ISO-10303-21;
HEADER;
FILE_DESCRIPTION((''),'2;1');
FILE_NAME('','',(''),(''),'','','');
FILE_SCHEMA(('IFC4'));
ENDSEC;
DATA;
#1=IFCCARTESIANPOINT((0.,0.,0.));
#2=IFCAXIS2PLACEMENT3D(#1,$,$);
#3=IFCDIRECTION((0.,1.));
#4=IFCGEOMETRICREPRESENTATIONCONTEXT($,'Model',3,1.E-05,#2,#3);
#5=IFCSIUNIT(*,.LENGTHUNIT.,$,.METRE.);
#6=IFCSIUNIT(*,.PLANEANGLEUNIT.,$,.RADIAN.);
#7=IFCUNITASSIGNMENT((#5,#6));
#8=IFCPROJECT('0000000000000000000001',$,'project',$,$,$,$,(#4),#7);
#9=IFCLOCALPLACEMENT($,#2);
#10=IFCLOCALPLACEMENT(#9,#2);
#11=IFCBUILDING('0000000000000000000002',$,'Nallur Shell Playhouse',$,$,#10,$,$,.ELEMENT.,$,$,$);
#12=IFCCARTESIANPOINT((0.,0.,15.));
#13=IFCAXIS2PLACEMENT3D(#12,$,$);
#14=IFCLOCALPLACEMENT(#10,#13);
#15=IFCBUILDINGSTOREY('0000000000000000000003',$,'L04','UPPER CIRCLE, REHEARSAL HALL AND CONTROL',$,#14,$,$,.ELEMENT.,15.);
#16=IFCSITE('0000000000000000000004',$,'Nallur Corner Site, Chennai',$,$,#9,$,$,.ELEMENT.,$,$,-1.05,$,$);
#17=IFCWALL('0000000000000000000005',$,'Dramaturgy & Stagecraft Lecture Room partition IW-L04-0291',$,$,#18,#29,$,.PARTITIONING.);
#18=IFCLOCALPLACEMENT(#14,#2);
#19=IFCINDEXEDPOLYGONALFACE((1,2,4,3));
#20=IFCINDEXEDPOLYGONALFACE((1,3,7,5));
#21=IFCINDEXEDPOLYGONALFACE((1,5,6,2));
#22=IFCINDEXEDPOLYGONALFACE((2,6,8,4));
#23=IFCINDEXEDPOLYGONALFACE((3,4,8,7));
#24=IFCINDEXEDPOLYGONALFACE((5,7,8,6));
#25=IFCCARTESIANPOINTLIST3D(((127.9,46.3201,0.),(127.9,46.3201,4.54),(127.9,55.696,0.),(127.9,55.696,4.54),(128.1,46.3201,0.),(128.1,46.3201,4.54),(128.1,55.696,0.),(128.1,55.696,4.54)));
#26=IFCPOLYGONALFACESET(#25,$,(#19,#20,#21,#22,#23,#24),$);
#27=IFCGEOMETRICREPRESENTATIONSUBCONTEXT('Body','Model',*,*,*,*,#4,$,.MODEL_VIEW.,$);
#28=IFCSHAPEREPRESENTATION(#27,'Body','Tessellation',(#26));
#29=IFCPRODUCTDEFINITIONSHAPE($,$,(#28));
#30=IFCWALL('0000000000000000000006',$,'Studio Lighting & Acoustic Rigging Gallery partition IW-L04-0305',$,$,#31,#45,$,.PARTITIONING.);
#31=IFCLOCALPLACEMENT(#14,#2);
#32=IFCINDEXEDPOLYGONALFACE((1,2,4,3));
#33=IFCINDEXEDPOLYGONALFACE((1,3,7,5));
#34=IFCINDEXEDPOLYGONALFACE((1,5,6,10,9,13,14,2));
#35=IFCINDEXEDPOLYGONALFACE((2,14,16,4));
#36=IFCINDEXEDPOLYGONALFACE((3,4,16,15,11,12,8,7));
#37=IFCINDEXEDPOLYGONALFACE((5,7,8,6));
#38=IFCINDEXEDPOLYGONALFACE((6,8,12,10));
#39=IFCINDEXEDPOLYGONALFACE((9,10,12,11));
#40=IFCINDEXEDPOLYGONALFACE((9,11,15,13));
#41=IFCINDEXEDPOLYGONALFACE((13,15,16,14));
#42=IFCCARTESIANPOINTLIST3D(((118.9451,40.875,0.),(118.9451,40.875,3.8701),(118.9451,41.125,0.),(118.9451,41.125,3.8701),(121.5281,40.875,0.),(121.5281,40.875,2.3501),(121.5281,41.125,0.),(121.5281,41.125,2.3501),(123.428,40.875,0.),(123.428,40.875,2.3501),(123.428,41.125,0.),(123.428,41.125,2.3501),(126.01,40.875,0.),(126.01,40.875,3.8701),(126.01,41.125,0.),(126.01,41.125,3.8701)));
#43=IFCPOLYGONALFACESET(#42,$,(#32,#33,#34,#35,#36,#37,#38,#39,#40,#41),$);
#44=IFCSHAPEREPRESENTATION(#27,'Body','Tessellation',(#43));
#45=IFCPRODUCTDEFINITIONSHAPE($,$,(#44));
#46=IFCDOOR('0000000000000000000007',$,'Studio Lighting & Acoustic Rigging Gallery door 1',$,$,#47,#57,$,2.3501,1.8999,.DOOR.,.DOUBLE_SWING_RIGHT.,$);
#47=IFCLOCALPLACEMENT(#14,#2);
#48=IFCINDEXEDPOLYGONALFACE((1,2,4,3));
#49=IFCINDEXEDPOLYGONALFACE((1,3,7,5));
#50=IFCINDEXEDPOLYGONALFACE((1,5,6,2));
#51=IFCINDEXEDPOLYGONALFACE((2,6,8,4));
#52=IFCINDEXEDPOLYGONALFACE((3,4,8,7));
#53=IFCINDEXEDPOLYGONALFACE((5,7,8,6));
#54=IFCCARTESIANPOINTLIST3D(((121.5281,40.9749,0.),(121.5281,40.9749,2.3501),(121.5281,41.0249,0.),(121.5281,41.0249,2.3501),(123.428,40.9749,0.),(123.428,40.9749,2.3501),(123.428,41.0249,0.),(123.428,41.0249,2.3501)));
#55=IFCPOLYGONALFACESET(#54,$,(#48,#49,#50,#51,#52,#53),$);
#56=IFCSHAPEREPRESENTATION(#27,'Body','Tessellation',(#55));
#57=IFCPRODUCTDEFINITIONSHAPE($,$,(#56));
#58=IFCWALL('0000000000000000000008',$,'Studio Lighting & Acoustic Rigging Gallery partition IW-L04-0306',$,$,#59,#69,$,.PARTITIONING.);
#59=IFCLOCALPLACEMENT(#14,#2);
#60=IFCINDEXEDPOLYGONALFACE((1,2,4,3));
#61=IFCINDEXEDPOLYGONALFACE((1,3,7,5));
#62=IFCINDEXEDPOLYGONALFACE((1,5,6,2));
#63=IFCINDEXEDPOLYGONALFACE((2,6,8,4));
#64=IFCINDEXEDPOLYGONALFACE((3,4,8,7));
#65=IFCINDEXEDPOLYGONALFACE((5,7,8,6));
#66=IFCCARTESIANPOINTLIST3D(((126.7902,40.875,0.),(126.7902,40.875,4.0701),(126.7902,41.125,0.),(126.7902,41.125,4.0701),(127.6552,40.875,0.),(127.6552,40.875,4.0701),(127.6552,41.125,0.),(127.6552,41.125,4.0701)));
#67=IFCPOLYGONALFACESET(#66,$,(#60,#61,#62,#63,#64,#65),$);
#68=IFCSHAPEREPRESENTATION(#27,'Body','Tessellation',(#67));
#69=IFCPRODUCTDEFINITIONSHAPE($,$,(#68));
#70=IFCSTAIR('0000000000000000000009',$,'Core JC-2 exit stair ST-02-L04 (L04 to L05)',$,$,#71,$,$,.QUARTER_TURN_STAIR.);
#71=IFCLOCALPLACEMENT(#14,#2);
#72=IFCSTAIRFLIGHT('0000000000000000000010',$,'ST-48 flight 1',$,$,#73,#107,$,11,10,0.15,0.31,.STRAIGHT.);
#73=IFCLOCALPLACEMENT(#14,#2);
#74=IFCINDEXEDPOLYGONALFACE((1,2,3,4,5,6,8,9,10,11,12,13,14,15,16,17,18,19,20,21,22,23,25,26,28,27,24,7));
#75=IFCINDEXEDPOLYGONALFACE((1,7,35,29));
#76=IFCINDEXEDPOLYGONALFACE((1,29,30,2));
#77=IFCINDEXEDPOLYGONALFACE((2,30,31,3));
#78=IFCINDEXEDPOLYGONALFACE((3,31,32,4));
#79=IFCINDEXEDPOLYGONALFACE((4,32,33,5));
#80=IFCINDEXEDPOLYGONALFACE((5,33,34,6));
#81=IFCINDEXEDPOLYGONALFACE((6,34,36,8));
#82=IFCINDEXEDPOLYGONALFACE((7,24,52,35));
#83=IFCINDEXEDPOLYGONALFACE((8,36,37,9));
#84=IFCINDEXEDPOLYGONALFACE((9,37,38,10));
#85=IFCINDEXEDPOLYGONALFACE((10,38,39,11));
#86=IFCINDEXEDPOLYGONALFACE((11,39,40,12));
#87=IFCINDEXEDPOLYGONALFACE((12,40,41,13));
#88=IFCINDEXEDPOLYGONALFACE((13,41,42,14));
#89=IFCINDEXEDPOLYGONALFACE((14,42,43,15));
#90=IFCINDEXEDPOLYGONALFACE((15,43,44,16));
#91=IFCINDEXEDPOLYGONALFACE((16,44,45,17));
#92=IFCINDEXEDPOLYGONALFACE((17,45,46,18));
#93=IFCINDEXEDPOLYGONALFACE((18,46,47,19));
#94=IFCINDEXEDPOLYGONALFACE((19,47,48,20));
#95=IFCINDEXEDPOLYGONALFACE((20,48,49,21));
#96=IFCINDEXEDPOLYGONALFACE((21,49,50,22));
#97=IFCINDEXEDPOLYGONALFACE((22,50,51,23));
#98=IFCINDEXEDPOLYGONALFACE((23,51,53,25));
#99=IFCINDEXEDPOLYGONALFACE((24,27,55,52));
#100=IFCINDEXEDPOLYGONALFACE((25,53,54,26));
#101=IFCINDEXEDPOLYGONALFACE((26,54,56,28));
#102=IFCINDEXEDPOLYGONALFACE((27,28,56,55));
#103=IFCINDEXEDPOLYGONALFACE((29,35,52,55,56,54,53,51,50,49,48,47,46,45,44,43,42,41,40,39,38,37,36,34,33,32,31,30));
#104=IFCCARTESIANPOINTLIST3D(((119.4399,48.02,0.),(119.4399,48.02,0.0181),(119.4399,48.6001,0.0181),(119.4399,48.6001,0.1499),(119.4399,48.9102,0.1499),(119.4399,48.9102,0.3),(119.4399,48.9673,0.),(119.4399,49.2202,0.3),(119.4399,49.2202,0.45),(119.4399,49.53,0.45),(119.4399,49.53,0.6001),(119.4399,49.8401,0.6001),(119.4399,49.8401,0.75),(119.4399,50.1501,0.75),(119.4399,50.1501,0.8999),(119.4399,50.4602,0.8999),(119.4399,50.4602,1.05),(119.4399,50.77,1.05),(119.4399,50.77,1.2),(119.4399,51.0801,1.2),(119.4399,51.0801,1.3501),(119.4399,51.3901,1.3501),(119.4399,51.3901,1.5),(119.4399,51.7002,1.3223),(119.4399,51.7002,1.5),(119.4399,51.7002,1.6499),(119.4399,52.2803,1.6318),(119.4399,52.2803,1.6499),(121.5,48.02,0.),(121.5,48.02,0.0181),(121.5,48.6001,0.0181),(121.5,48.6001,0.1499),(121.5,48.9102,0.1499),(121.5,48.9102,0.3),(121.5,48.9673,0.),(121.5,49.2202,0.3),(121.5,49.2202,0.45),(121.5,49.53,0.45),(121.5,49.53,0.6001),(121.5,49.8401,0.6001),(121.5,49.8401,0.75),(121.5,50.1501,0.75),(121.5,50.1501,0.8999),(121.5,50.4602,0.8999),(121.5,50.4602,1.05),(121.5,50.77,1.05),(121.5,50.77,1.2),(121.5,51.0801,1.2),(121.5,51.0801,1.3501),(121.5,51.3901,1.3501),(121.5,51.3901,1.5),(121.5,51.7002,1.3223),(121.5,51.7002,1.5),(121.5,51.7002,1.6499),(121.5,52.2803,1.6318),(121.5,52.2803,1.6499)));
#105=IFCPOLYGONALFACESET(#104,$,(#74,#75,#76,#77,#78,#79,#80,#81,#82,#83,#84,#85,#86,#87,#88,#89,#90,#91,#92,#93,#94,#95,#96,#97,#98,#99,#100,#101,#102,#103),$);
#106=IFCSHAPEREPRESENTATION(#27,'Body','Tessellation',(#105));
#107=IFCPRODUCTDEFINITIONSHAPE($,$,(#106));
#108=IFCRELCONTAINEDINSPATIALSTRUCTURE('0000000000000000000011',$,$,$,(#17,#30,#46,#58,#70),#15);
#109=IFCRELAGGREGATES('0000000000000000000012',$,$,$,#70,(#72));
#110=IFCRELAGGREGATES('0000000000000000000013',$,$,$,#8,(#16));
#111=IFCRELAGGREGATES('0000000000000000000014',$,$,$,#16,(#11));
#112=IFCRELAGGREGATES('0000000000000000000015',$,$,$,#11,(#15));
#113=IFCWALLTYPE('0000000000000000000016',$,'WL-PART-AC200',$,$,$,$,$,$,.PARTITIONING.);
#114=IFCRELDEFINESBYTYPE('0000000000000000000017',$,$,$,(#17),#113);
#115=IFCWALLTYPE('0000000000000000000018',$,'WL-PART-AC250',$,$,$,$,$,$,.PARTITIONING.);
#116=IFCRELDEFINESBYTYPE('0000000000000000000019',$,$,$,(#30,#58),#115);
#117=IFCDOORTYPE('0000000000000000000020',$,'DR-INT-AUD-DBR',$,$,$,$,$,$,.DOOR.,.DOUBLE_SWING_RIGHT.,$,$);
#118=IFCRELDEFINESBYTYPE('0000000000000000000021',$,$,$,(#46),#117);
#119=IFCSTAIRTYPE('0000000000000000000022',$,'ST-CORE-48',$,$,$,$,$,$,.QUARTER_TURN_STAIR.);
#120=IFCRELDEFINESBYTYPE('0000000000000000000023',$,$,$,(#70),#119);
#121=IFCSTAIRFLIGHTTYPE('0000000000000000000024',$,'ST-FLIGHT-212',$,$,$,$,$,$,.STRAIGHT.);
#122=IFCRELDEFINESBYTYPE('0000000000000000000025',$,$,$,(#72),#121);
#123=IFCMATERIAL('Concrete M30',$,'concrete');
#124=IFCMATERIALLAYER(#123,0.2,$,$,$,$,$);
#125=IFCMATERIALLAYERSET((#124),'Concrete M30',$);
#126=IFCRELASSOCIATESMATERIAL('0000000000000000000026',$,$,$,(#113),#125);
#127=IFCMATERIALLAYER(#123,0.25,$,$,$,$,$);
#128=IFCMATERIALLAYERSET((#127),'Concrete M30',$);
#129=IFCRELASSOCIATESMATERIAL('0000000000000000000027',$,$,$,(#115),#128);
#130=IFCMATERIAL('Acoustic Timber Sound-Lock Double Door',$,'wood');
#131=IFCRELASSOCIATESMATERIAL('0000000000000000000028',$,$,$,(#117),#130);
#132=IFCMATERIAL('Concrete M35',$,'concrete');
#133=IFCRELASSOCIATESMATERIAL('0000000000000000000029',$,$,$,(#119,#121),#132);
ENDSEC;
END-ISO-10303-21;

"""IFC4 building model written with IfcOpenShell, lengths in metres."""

from ifc_helpers import new_model, si_unit, direction, frame, frame_2d, origin, place, context, subcontext, project, spatial, polyline, rectangle, outline, extrude, material, layer, layer_set, type_object, element, fill, aggregate, save


model = new_model("IFC4")

# Units and contexts
model_context = context("Model", 3, precision=1e-05, world=origin(), true_north=direction((0.0, 1.0)))
body_context = subcontext(model_context, "Body", "Model", "MODEL_VIEW")
ifc_project = project(units=[si_unit("LENGTHUNIT", "METRE"), si_unit("PLANEANGLEUNIT", "RADIAN")], contexts=[model_context])

# Site, building, storey
site_placement = place(None, origin())
site = spatial("IfcSite", under=ifc_project, at=site_placement, Name="Nallur Corner Site, Chennai", CompositionType="ELEMENT", RefElevation=-1.05)
building_placement = place(site_placement, origin())
building = spatial("IfcBuilding", under=site, at=building_placement, Name="Nallur Shell Playhouse", CompositionType="ELEMENT")
storey_placement = place(building_placement, frame((0.0, 0.0, 15.0)))
storey = spatial("IfcBuildingStorey", under=building, at=storey_placement, Name="L04", Description="UPPER CIRCLE, REHEARSAL HALL AND CONTROL", CompositionType="ELEMENT", Elevation=15.0)

# Shared definitions
ifc_material_1 = material(Name="Concrete M35", Category="concrete")

# Wall
ifc_material_2 = material(Name="Concrete M30", Category="concrete")
ifc_layer_1 = layer(ifc_material_2, 0.2)
ifc_layer_set_1 = layer_set([ifc_layer_1], Name="Concrete M30")
wall_type_1 = type_object("IfcWallType", Name="WL-PART-AC200", PredefinedType="PARTITIONING", material=ifc_layer_set_1)
wall_1_placement = place(storey_placement, frame((128.0, 46.3201, 0.0), z_axis=(0.0, 0.0, 1.0), x_axis=(0.0, 1.0, 0.0)))
element("IfcWall", 1, at=wall_1_placement, inside=storey, type_object=wall_type_1, Name="Dramaturgy & Stagecraft Lecture Room partition IW-L04-0291", PredefinedType="PARTITIONING", context=body_context, shape_type="SweptSolid", body=[
    extrude(rectangle(XDim=9.376, YDim=0.2, at=frame_2d((4.688, 0.0))), origin(), (0.0, 0.0, 1.0), 4.54),
])

# Wall, opening, door
ifc_layer_2 = layer(ifc_material_2, 0.25)
ifc_layer_set_2 = layer_set([ifc_layer_2], Name="Concrete M30")
wall_type_2 = type_object("IfcWallType", Name="WL-PART-AC250", PredefinedType="PARTITIONING", material=ifc_layer_set_2)
wall_2_placement = place(storey_placement, frame((118.9451, 41.0, 0.0), z_axis=(0.0, 0.0, 1.0), x_axis=(1.0, 0.0, 0.0)))
wall_2 = element("IfcWall", 2, at=wall_2_placement, inside=storey, type_object=wall_type_2, Name="Studio Lighting & Acoustic Rigging Gallery partition IW-L04-0305", PredefinedType="PARTITIONING", context=body_context, shape_type="SweptSolid", body=[
    extrude(rectangle(XDim=7.0649, YDim=0.25, at=frame_2d((3.5325, 0.0))), origin(), (0.0, 0.0, 1.0), 3.8701),
])
opening_1_placement = place(wall_2_placement, frame((2.583, 0.0, 0.0)))
opening_1 = element("IfcOpeningElement", 3, at=opening_1_placement, cuts=wall_2, PredefinedType="OPENING", context=body_context, shape_type="SweptSolid", body=[
    extrude(rectangle(XDim=1.8999, YDim=2.3501, at=frame_2d((0.95, 1.175))), frame((0.0, 0.135, 0.0), z_axis=(0.0, -1.0, 0.0), x_axis=(1.0, 0.0, 0.0)), (0.0, 0.0, 1.0), 0.27),
])
ifc_material_3 = material(Name="Acoustic Timber Sound-Lock Double Door", Category="wood")
door_type_1 = type_object("IfcDoorType", Name="DR-INT-AUD-DBR", OperationType="DOUBLE_SWING_RIGHT", PredefinedType="DOOR", material=ifc_material_3)
door_1_placement = place(opening_1_placement, origin())
door_1 = element("IfcDoor", 4, at=door_1_placement, inside=storey, type_object=door_type_1, Name="Studio Lighting & Acoustic Rigging Gallery door 1", OperationType="DOUBLE_SWING_RIGHT", OverallHeight=2.3501, OverallWidth=1.8999, PredefinedType="DOOR", context=body_context, shape_type="SweptSolid", body=[
    extrude(rectangle(XDim=1.8999, YDim=2.3501, at=frame_2d((0.95, 1.175))), frame((0.0, 0.0249, 0.0), z_axis=(0.0, -1.0, 0.0), x_axis=(1.0, 0.0, 0.0)), (0.0, 0.0, 1.0), 0.05),
])
fill(opening_1, door_1)

# Wall
wall_3_placement = place(storey_placement, frame((126.79, 41.0, 0.0), z_axis=(0.0, 0.0, 1.0), x_axis=(1.0, 0.0, 0.0)))
element("IfcWall", 5, at=wall_3_placement, inside=storey, type_object=wall_type_2, Name="Studio Lighting & Acoustic Rigging Gallery partition IW-L04-0306", PredefinedType="PARTITIONING", context=body_context, shape_type="SweptSolid", body=[
    extrude(rectangle(XDim=0.865, YDim=0.25, at=frame_2d((0.4326, 0.0))), origin(), (0.0, 0.0, 1.0), 4.0701),
])

# Stair, stair flight
stair_type = type_object("IfcStairType", Name="ST-CORE-48", PredefinedType="QUARTER_TURN_STAIR", material=ifc_material_1)
stair_placement = place(storey_placement, origin())
stair = element("IfcStair", 6, at=stair_placement, inside=storey, type_object=stair_type, Name="Core JC-2 exit stair ST-02-L04 (L04 to L05)", PredefinedType="QUARTER_TURN_STAIR")
stair_flight_type = type_object("IfcStairFlightType", Name="ST-FLIGHT-212", PredefinedType="STRAIGHT", material=ifc_material_1)
stair_flight_placement = place(storey_placement, frame((120.47, 48.6001, 0.0), z_axis=(0.0, 0.0, 1.0), x_axis=(0.0, 1.0, 0.0)))
stair_flight = element("IfcStairFlight", 7, at=stair_flight_placement, type_object=stair_flight_type, Name="ST-48 flight 1", NumberOfRisers=11, NumberOfTreads=10, PredefinedType="STRAIGHT", RiserHeight=0.15, TreadLength=0.31, context=body_context, shape_type="SweptSolid", body=[
    extrude(outline(polyline([(-0.5801, 0.0), (-0.5801, 0.0181), (0.0, 0.0181), (0.0, 0.1499), (0.3101, 0.1499), (0.3101, 0.3), (0.6201, 0.3), (0.6201, 0.45), (0.9299, 0.45), (0.9299, 0.6001), (1.24, 0.6001), (1.24, 0.75), (1.55, 0.75), (1.55, 0.8999), (1.8601, 0.8999), (1.8601, 1.05), (2.1699, 1.05), (2.1699, 1.2), (2.48, 1.2), (2.48, 1.3501), (2.79, 1.3501), (2.79, 1.5), (3.1001, 1.5), (3.1001, 1.6499), (3.6802, 1.6499), (3.6802, 1.6318), (3.1001, 1.3223), (0.3672, 0.0), (-0.5801, 0.0)])), frame((0.0, 1.03, 0.0), z_axis=(0.0, -1.0, 0.0), x_axis=(1.0, 0.0, 0.0)), (0.0, 0.0, 1.0), 2.0601),
])
aggregate(stair, [stair_flight])

save(model, "model.ifc")
